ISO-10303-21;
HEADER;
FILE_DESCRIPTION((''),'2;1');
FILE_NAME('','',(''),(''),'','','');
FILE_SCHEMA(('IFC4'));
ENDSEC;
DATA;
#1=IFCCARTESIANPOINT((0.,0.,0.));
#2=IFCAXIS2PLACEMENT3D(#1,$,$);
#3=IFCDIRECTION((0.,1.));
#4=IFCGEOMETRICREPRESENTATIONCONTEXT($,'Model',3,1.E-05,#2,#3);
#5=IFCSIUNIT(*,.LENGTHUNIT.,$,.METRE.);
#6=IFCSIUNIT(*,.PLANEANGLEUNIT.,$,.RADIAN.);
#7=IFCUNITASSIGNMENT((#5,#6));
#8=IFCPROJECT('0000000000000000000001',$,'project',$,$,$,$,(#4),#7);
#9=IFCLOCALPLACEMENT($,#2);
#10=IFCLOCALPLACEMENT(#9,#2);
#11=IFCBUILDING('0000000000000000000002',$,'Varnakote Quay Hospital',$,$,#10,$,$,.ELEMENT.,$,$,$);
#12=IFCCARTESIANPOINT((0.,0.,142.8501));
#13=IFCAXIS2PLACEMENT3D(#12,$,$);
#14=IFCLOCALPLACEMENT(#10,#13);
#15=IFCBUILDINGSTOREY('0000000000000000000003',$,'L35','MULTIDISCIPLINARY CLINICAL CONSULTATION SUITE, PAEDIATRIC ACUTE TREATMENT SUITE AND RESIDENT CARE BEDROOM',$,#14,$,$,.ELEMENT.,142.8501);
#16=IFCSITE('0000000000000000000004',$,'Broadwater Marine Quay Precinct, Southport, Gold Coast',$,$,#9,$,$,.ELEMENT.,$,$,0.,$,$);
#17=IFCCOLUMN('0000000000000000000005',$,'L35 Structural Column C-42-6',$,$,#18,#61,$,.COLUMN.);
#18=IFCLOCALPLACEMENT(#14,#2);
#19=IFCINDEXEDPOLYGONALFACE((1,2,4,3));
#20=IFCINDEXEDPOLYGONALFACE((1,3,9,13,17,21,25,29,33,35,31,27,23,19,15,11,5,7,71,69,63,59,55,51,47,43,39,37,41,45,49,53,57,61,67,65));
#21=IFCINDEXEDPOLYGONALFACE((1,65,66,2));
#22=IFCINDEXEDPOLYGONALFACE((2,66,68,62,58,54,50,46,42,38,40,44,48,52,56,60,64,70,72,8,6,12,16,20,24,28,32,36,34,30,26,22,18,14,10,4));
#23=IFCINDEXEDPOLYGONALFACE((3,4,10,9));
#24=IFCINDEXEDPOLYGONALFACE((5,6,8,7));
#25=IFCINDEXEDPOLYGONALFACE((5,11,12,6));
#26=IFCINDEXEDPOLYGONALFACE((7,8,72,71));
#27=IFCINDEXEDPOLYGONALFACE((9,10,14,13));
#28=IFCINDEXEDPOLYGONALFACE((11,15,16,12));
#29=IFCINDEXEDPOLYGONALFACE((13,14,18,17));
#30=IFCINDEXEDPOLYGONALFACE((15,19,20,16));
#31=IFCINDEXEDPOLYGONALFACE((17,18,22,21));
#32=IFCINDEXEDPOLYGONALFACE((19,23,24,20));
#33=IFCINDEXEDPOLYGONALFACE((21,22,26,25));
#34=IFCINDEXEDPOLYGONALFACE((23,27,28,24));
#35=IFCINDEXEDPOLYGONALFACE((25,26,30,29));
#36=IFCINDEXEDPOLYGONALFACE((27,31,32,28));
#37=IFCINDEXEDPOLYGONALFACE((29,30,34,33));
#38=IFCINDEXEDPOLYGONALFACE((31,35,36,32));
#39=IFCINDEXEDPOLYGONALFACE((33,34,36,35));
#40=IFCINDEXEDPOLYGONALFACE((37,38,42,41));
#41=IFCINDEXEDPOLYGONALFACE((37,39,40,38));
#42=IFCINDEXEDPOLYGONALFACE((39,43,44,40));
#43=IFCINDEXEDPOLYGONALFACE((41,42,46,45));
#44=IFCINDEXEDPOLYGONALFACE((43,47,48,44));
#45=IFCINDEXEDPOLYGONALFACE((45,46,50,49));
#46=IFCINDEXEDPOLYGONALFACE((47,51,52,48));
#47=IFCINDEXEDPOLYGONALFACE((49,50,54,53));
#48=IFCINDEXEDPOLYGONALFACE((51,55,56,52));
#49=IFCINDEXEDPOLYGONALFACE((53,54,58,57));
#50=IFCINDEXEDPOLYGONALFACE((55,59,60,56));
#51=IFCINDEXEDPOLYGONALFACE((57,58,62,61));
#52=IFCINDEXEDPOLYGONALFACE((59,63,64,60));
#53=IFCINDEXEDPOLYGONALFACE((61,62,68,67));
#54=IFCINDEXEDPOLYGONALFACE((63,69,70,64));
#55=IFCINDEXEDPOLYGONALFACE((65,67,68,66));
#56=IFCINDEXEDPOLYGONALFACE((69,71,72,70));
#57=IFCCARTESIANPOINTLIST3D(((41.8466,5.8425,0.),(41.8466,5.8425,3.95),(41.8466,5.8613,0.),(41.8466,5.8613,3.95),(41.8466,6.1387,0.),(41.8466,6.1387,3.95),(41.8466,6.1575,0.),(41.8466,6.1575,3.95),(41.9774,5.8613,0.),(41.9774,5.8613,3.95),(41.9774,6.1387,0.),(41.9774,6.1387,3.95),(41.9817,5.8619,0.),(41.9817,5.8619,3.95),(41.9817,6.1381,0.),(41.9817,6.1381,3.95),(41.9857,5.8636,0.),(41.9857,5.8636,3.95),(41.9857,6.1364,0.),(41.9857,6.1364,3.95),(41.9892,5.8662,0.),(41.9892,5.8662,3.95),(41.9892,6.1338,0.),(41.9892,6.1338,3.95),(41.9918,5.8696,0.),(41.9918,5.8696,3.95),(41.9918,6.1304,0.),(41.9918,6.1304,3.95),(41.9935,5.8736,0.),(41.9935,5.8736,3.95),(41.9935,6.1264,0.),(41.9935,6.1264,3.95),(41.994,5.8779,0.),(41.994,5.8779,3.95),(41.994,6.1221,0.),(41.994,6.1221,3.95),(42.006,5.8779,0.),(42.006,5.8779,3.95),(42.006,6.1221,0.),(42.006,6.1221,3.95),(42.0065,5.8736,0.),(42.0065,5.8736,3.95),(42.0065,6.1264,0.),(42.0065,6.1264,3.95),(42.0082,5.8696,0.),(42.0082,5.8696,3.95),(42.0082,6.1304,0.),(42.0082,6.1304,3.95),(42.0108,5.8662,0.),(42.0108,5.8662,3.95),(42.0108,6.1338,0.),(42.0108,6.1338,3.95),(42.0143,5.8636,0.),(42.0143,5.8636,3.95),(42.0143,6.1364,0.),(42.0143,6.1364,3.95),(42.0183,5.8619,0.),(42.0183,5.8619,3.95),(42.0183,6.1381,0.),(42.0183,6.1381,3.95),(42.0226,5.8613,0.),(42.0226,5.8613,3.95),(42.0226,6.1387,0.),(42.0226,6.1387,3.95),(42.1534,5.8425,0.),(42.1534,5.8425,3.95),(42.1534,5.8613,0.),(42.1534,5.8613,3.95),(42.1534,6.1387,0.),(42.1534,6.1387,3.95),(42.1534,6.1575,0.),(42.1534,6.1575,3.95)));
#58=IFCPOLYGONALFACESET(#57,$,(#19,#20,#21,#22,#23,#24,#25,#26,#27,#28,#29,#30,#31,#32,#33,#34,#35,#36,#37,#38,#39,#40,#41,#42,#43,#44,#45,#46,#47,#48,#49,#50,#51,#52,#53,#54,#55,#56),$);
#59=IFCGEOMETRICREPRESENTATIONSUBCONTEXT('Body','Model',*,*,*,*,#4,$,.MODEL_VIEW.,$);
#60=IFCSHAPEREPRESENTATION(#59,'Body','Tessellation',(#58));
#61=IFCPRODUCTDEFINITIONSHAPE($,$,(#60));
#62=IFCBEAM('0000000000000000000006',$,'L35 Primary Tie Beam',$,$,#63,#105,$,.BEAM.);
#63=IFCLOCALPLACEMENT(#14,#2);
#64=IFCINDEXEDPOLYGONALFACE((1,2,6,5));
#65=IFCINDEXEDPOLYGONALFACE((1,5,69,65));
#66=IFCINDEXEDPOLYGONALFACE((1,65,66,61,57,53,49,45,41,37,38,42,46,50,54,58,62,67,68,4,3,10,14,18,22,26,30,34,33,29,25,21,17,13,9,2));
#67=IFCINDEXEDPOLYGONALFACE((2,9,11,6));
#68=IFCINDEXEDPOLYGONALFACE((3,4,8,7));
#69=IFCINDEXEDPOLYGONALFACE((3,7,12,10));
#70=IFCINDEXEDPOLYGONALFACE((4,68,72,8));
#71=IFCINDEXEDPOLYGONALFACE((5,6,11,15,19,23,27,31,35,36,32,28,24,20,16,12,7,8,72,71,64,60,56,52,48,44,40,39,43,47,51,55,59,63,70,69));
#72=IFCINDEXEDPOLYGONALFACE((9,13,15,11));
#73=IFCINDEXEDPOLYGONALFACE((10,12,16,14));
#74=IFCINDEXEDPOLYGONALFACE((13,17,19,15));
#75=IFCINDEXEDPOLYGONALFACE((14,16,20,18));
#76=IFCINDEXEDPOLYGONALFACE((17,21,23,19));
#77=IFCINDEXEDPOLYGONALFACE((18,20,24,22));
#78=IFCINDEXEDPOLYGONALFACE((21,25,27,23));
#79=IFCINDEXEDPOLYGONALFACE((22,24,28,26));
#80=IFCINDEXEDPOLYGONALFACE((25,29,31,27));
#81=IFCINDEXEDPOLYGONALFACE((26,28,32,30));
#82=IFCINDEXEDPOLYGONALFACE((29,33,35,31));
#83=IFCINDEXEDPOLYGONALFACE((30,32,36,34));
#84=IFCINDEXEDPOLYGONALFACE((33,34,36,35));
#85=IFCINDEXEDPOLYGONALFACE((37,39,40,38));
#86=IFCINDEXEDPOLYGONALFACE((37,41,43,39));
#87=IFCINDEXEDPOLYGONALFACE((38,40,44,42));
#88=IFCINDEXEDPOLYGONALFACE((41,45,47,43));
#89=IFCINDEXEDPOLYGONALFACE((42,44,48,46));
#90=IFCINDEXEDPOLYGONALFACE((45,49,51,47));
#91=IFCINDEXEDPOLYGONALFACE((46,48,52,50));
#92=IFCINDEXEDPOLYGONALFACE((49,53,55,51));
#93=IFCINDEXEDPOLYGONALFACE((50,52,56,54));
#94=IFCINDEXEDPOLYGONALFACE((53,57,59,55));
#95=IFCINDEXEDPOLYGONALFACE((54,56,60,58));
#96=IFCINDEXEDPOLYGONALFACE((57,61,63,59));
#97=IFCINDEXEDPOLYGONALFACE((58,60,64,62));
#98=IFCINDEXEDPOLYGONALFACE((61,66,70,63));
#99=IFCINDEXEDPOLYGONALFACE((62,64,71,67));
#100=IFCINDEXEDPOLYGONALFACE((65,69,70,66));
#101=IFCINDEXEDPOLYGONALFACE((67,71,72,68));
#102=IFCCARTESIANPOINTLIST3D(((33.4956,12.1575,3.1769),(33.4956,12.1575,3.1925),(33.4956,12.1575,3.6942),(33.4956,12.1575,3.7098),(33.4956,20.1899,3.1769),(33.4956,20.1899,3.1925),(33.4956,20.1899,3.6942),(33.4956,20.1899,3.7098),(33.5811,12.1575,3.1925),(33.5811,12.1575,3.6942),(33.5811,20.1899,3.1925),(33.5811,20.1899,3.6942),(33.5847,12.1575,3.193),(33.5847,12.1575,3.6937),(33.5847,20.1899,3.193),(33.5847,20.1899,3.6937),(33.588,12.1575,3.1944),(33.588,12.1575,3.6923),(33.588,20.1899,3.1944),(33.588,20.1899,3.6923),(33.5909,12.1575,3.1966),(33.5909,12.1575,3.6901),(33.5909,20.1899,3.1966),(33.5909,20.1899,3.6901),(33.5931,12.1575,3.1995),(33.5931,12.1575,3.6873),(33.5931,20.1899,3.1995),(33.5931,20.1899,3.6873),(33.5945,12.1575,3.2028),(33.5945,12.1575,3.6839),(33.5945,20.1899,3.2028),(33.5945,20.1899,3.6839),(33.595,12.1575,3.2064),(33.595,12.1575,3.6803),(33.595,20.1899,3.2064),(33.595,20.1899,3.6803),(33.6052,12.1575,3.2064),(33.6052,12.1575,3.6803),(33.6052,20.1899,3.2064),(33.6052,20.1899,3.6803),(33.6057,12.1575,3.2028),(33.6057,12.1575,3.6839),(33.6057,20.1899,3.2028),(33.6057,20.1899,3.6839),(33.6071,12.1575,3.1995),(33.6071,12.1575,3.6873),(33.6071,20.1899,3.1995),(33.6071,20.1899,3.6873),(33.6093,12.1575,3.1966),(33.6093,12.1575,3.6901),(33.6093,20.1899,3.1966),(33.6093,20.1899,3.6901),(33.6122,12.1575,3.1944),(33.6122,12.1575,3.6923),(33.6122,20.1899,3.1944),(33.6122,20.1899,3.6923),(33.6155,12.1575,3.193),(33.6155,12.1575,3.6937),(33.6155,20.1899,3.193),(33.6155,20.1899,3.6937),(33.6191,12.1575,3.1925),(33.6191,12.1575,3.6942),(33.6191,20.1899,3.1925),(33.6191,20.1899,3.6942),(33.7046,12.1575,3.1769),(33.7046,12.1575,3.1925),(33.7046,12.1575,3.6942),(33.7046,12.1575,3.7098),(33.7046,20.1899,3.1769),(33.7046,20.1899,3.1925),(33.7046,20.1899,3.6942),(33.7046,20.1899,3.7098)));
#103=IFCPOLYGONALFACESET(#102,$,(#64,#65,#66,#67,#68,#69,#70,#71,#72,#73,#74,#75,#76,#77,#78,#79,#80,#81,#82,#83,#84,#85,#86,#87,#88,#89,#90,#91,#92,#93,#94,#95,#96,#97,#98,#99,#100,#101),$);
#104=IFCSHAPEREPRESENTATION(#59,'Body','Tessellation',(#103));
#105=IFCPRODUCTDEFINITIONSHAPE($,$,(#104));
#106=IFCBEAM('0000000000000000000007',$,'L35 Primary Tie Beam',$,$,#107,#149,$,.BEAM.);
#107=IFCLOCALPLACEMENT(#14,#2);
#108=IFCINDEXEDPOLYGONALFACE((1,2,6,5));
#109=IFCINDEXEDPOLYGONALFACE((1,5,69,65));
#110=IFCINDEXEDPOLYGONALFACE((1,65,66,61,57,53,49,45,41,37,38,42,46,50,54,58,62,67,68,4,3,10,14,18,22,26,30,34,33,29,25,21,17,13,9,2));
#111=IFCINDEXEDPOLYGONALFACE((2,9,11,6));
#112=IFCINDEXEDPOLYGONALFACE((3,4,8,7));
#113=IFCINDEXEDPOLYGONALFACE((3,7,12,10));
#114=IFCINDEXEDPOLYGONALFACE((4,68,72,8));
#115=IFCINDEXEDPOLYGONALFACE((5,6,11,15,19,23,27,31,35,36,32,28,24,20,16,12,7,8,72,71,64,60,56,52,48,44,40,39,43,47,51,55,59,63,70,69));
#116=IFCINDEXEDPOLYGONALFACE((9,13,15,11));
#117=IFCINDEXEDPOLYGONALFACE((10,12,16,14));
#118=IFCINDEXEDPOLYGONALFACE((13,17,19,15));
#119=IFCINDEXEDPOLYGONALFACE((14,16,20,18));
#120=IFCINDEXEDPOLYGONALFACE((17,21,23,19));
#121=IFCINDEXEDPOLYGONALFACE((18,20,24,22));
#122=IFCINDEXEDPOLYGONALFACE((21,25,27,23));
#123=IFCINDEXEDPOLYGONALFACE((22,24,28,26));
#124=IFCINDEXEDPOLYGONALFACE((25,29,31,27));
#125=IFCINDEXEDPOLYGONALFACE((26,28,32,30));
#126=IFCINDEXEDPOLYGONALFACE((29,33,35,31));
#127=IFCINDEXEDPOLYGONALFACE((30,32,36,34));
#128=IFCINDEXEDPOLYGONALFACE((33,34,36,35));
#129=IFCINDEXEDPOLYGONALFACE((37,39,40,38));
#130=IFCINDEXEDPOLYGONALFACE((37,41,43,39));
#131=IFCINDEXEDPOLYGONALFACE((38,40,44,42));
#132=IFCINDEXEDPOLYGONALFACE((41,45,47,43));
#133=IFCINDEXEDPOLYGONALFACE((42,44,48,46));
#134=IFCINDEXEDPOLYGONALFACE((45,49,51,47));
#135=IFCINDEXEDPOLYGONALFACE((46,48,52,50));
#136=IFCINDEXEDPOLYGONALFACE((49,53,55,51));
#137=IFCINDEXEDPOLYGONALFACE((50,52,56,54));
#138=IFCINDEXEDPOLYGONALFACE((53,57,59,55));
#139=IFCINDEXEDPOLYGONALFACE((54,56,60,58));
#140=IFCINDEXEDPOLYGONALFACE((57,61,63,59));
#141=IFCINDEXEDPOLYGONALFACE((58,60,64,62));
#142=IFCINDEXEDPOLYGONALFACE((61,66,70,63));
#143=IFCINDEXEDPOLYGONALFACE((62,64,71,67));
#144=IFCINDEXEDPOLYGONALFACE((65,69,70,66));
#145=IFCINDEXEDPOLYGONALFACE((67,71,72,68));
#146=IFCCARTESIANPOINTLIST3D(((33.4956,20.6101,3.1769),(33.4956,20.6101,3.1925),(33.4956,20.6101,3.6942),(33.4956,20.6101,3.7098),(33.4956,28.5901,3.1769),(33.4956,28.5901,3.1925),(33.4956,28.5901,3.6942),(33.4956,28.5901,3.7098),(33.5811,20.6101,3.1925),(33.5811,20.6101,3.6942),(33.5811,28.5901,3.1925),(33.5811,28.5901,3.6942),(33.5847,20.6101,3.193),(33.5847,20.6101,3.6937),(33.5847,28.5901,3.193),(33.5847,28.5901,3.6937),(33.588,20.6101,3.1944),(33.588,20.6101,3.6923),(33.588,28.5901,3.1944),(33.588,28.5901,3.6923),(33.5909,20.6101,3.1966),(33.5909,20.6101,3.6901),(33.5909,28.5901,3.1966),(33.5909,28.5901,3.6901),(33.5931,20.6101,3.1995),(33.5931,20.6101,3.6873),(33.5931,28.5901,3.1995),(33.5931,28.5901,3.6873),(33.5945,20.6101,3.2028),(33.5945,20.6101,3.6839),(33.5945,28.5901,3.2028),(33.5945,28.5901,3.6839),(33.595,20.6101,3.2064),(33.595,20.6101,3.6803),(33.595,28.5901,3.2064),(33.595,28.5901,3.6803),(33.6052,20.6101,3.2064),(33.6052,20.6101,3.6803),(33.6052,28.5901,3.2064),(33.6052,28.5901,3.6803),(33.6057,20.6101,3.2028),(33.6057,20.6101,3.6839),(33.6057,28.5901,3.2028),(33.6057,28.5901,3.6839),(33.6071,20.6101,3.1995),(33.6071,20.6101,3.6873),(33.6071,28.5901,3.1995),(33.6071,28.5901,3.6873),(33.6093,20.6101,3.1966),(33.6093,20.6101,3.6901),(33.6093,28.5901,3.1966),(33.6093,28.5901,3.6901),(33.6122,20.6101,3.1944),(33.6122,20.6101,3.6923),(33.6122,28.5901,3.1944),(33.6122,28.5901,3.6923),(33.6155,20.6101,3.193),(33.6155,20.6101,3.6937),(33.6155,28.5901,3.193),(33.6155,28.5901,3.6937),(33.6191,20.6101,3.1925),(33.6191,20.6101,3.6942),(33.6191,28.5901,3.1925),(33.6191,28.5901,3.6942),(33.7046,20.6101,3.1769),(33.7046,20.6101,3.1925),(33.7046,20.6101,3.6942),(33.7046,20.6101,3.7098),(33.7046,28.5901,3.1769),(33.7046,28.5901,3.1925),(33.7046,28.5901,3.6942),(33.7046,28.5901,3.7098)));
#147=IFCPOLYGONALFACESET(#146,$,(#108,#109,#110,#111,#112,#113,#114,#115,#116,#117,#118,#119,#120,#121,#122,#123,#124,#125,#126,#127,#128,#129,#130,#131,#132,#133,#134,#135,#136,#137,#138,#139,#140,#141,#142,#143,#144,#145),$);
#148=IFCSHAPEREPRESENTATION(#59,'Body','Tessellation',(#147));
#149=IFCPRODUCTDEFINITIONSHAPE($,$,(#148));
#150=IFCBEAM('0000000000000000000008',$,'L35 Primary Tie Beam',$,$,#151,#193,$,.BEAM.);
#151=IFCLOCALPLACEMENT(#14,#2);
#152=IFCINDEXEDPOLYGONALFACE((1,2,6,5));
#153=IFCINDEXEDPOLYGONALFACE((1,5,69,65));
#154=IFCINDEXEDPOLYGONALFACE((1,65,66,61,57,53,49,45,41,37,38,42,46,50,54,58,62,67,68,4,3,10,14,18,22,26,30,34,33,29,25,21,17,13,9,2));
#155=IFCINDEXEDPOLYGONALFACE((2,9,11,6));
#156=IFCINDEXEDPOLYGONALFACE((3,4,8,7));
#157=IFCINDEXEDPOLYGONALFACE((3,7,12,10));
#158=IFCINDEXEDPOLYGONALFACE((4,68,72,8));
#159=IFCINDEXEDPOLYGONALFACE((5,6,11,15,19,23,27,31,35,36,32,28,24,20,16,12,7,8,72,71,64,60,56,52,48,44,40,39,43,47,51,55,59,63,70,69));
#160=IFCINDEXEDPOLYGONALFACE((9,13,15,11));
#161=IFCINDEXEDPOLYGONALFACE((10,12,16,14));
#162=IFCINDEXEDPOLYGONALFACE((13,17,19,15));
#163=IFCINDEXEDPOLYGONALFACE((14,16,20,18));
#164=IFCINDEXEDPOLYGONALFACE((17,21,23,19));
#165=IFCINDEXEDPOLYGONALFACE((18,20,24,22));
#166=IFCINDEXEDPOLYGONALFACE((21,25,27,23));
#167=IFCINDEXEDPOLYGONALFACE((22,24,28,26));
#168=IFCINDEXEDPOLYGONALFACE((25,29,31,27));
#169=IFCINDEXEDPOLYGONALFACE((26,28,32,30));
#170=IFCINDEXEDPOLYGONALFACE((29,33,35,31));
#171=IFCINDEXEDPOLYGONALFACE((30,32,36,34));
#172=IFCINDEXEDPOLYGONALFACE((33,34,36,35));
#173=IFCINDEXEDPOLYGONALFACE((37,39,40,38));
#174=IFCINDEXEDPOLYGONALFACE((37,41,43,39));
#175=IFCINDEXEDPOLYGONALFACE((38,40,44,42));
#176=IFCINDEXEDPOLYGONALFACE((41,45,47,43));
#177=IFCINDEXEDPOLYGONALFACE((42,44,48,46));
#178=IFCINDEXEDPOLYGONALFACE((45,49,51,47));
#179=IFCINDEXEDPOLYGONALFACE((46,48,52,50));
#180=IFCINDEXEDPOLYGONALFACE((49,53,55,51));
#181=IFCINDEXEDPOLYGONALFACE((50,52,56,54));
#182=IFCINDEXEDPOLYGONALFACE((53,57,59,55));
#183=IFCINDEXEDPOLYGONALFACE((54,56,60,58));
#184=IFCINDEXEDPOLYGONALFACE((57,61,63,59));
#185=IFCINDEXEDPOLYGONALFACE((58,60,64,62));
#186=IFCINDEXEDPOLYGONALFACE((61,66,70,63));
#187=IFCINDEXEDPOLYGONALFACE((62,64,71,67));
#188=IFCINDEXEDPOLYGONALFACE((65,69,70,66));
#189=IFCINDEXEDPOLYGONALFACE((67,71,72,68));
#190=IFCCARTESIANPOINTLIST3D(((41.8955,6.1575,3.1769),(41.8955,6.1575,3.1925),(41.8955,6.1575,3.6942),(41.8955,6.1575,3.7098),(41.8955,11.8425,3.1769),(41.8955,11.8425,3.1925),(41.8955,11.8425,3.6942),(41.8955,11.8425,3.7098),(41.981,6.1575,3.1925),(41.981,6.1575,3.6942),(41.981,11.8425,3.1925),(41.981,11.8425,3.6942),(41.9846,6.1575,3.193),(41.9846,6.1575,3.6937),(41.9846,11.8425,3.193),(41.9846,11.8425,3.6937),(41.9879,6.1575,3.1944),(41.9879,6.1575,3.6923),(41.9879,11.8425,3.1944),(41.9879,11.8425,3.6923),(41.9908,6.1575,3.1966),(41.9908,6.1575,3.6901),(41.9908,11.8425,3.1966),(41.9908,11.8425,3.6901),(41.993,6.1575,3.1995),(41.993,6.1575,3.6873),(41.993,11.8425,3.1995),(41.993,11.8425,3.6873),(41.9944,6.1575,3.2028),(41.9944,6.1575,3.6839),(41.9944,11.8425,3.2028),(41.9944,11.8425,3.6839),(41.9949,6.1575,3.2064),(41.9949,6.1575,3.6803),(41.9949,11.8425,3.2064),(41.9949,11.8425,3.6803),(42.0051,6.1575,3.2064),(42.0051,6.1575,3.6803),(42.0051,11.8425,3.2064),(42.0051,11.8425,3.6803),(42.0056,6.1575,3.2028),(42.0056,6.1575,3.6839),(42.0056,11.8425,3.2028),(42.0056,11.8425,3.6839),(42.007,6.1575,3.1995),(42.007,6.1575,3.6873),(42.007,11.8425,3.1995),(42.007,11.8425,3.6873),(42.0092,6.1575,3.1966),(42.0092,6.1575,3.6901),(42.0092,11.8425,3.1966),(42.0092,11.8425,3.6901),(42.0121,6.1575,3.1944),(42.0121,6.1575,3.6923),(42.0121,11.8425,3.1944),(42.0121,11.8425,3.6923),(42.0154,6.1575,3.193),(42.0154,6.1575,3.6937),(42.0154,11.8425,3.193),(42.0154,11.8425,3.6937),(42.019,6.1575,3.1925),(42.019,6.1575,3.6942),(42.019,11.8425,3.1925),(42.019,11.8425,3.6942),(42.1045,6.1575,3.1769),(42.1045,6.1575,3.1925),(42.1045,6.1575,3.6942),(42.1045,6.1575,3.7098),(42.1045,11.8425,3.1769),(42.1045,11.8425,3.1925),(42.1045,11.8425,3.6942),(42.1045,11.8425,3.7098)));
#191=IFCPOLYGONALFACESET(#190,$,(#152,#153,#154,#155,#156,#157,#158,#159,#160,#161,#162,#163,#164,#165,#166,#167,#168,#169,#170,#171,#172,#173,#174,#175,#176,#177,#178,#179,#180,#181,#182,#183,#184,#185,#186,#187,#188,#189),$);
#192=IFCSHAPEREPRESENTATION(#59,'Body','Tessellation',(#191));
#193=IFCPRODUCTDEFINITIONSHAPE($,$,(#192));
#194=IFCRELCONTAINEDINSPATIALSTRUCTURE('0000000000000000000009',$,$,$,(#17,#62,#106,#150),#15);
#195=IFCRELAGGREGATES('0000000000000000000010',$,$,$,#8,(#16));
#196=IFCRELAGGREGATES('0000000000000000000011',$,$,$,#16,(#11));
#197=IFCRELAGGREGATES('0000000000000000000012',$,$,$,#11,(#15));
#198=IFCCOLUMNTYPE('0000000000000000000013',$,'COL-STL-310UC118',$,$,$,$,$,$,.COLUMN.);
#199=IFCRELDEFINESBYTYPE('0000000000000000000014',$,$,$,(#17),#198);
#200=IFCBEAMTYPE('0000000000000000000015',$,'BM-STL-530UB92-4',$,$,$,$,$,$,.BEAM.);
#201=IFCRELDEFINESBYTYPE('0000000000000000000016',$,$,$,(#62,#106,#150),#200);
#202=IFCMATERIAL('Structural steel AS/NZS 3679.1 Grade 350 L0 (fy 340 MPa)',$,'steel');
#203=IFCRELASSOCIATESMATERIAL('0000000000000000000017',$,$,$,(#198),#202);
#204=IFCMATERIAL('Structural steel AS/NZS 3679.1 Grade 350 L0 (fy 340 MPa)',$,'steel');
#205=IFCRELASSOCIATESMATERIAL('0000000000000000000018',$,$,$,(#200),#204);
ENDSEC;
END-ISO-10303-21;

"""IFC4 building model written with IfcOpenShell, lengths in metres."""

from ifc_helpers import new_model, si_unit, direction, frame, origin, origin_2d, place, context, subcontext, project, spatial, i_section, extrude, material, material_profile, profile_set, type_object, element, save


model = new_model("IFC4")

# Units and contexts
model_context = context("Model", 3, precision=1e-05, world=origin(), true_north=direction((0.0, 1.0)))
body_context = subcontext(model_context, "Body", "Model", "MODEL_VIEW")
ifc_project = project(units=[si_unit("LENGTHUNIT", "METRE"), si_unit("PLANEANGLEUNIT", "RADIAN")], contexts=[model_context])

# Site, building, storey
site_placement = place(None, origin())
site = spatial("IfcSite", under=ifc_project, at=site_placement, Name="Broadwater Marine Quay Precinct, Southport, Gold Coast", CompositionType="ELEMENT", RefElevation=0.0)
building_placement = place(site_placement, origin())
building = spatial("IfcBuilding", under=site, at=building_placement, Name="Varnakote Quay Hospital", CompositionType="ELEMENT")
storey_placement = place(building_placement, frame((0.0, 0.0, 142.8501)))
storey = spatial("IfcBuildingStorey", under=building, at=storey_placement, Name="L35", Description="MULTIDISCIPLINARY CLINICAL CONSULTATION SUITE, PAEDIATRIC ACUTE TREATMENT SUITE AND RESIDENT CARE BEDROOM", CompositionType="ELEMENT", Elevation=142.8501)

# Column
ifc_material_1 = material(Name="Structural steel AS/NZS 3679.1 Grade 350 L0 (fy 340 MPa)", Category="steel")
ifc_material_profile_1 = material_profile(ifc_material_1, i_section(OverallWidth=0.3069, OverallDepth=0.3149, WebThickness=0.012, FlangeThickness=0.0188, FilletRadius=0.0166, at=origin_2d()), Name="310UC118")
ifc_profile_set_1 = profile_set([ifc_material_profile_1], Name="Structural steel AS/NZS 3679.1 Grade 350 L0 (fy 340 MPa)")
column_type = type_object("IfcColumnType", Name="COL-STL-310UC118", PredefinedType="COLUMN", material=ifc_profile_set_1)
column_placement = place(storey_placement, frame((42.0, 6.0, 0.0), z_axis=(0.0, 0.0, 1.0), x_axis=(1.0, 0.0, 0.0)))
element("IfcColumn", 1, at=column_placement, inside=storey, type_object=column_type, Name="L35 Structural Column C-42-6", PredefinedType="COLUMN", context=body_context, shape_type="SweptSolid", body=[
    extrude(i_section(OverallWidth=0.3069, OverallDepth=0.3149, WebThickness=0.012, FlangeThickness=0.0188, FilletRadius=0.0166, at=origin_2d()), origin(), (0.0, 0.0, 1.0), 3.95),
])

# Beams
ifc_material_2 = material(Name="Structural steel AS/NZS 3679.1 Grade 350 L0 (fy 340 MPa)", Category="steel")
ifc_material_profile_2 = material_profile(ifc_material_2, i_section(OverallWidth=0.209, OverallDepth=0.533, WebThickness=0.0103, FlangeThickness=0.0156, FilletRadius=0.0139, at=origin_2d()), Name="530UB92.4")
ifc_profile_set_2 = profile_set([ifc_material_profile_2], Name="Structural steel AS/NZS 3679.1 Grade 350 L0 (fy 340 MPa)")
beam_type_1 = type_object("IfcBeamType", Name="BM-STL-530UB92-4", PredefinedType="BEAM", material=ifc_profile_set_2)
beam_1_placement = place(storey_placement, frame((33.6001, 12.1575, 3.4434), z_axis=(0.0, 1.0, 0.0), x_axis=(-1.0, 0.0, 0.0)))
element("IfcBeam", 2, at=beam_1_placement, inside=storey, type_object=beam_type_1, Name="L35 Primary Tie Beam", PredefinedType="BEAM", context=body_context, shape_type="SweptSolid", body=[
    extrude(i_section(OverallWidth=0.209, OverallDepth=0.533, WebThickness=0.0103, FlangeThickness=0.0156, FilletRadius=0.0139, at=origin_2d()), origin(), (0.0, 0.0, 1.0), 8.0325),
])
beam_2_placement = place(storey_placement, frame((33.6001, 20.6101, 3.4434), z_axis=(0.0, 1.0, 0.0), x_axis=(-1.0, 0.0, 0.0)))
element("IfcBeam", 3, at=beam_2_placement, inside=storey, type_object=beam_type_1, Name="L35 Primary Tie Beam", PredefinedType="BEAM", context=body_context, shape_type="SweptSolid", body=[
    extrude(i_section(OverallWidth=0.209, OverallDepth=0.533, WebThickness=0.0103, FlangeThickness=0.0156, FilletRadius=0.0139, at=origin_2d()), origin(), (0.0, 0.0, 1.0), 7.98),
])
beam_3_placement = place(storey_placement, frame((42.0, 6.1575, 3.4434), z_axis=(0.0, 1.0, 0.0), x_axis=(-1.0, 0.0, 0.0)))
element("IfcBeam", 4, at=beam_3_placement, inside=storey, type_object=beam_type_1, Name="L35 Primary Tie Beam", PredefinedType="BEAM", context=body_context, shape_type="SweptSolid", body=[
    extrude(i_section(OverallWidth=0.209, OverallDepth=0.533, WebThickness=0.0103, FlangeThickness=0.0156, FilletRadius=0.0139, at=origin_2d()), origin(), (0.0, 0.0, 1.0), 5.6851),
])

save(model, "model.ifc")
